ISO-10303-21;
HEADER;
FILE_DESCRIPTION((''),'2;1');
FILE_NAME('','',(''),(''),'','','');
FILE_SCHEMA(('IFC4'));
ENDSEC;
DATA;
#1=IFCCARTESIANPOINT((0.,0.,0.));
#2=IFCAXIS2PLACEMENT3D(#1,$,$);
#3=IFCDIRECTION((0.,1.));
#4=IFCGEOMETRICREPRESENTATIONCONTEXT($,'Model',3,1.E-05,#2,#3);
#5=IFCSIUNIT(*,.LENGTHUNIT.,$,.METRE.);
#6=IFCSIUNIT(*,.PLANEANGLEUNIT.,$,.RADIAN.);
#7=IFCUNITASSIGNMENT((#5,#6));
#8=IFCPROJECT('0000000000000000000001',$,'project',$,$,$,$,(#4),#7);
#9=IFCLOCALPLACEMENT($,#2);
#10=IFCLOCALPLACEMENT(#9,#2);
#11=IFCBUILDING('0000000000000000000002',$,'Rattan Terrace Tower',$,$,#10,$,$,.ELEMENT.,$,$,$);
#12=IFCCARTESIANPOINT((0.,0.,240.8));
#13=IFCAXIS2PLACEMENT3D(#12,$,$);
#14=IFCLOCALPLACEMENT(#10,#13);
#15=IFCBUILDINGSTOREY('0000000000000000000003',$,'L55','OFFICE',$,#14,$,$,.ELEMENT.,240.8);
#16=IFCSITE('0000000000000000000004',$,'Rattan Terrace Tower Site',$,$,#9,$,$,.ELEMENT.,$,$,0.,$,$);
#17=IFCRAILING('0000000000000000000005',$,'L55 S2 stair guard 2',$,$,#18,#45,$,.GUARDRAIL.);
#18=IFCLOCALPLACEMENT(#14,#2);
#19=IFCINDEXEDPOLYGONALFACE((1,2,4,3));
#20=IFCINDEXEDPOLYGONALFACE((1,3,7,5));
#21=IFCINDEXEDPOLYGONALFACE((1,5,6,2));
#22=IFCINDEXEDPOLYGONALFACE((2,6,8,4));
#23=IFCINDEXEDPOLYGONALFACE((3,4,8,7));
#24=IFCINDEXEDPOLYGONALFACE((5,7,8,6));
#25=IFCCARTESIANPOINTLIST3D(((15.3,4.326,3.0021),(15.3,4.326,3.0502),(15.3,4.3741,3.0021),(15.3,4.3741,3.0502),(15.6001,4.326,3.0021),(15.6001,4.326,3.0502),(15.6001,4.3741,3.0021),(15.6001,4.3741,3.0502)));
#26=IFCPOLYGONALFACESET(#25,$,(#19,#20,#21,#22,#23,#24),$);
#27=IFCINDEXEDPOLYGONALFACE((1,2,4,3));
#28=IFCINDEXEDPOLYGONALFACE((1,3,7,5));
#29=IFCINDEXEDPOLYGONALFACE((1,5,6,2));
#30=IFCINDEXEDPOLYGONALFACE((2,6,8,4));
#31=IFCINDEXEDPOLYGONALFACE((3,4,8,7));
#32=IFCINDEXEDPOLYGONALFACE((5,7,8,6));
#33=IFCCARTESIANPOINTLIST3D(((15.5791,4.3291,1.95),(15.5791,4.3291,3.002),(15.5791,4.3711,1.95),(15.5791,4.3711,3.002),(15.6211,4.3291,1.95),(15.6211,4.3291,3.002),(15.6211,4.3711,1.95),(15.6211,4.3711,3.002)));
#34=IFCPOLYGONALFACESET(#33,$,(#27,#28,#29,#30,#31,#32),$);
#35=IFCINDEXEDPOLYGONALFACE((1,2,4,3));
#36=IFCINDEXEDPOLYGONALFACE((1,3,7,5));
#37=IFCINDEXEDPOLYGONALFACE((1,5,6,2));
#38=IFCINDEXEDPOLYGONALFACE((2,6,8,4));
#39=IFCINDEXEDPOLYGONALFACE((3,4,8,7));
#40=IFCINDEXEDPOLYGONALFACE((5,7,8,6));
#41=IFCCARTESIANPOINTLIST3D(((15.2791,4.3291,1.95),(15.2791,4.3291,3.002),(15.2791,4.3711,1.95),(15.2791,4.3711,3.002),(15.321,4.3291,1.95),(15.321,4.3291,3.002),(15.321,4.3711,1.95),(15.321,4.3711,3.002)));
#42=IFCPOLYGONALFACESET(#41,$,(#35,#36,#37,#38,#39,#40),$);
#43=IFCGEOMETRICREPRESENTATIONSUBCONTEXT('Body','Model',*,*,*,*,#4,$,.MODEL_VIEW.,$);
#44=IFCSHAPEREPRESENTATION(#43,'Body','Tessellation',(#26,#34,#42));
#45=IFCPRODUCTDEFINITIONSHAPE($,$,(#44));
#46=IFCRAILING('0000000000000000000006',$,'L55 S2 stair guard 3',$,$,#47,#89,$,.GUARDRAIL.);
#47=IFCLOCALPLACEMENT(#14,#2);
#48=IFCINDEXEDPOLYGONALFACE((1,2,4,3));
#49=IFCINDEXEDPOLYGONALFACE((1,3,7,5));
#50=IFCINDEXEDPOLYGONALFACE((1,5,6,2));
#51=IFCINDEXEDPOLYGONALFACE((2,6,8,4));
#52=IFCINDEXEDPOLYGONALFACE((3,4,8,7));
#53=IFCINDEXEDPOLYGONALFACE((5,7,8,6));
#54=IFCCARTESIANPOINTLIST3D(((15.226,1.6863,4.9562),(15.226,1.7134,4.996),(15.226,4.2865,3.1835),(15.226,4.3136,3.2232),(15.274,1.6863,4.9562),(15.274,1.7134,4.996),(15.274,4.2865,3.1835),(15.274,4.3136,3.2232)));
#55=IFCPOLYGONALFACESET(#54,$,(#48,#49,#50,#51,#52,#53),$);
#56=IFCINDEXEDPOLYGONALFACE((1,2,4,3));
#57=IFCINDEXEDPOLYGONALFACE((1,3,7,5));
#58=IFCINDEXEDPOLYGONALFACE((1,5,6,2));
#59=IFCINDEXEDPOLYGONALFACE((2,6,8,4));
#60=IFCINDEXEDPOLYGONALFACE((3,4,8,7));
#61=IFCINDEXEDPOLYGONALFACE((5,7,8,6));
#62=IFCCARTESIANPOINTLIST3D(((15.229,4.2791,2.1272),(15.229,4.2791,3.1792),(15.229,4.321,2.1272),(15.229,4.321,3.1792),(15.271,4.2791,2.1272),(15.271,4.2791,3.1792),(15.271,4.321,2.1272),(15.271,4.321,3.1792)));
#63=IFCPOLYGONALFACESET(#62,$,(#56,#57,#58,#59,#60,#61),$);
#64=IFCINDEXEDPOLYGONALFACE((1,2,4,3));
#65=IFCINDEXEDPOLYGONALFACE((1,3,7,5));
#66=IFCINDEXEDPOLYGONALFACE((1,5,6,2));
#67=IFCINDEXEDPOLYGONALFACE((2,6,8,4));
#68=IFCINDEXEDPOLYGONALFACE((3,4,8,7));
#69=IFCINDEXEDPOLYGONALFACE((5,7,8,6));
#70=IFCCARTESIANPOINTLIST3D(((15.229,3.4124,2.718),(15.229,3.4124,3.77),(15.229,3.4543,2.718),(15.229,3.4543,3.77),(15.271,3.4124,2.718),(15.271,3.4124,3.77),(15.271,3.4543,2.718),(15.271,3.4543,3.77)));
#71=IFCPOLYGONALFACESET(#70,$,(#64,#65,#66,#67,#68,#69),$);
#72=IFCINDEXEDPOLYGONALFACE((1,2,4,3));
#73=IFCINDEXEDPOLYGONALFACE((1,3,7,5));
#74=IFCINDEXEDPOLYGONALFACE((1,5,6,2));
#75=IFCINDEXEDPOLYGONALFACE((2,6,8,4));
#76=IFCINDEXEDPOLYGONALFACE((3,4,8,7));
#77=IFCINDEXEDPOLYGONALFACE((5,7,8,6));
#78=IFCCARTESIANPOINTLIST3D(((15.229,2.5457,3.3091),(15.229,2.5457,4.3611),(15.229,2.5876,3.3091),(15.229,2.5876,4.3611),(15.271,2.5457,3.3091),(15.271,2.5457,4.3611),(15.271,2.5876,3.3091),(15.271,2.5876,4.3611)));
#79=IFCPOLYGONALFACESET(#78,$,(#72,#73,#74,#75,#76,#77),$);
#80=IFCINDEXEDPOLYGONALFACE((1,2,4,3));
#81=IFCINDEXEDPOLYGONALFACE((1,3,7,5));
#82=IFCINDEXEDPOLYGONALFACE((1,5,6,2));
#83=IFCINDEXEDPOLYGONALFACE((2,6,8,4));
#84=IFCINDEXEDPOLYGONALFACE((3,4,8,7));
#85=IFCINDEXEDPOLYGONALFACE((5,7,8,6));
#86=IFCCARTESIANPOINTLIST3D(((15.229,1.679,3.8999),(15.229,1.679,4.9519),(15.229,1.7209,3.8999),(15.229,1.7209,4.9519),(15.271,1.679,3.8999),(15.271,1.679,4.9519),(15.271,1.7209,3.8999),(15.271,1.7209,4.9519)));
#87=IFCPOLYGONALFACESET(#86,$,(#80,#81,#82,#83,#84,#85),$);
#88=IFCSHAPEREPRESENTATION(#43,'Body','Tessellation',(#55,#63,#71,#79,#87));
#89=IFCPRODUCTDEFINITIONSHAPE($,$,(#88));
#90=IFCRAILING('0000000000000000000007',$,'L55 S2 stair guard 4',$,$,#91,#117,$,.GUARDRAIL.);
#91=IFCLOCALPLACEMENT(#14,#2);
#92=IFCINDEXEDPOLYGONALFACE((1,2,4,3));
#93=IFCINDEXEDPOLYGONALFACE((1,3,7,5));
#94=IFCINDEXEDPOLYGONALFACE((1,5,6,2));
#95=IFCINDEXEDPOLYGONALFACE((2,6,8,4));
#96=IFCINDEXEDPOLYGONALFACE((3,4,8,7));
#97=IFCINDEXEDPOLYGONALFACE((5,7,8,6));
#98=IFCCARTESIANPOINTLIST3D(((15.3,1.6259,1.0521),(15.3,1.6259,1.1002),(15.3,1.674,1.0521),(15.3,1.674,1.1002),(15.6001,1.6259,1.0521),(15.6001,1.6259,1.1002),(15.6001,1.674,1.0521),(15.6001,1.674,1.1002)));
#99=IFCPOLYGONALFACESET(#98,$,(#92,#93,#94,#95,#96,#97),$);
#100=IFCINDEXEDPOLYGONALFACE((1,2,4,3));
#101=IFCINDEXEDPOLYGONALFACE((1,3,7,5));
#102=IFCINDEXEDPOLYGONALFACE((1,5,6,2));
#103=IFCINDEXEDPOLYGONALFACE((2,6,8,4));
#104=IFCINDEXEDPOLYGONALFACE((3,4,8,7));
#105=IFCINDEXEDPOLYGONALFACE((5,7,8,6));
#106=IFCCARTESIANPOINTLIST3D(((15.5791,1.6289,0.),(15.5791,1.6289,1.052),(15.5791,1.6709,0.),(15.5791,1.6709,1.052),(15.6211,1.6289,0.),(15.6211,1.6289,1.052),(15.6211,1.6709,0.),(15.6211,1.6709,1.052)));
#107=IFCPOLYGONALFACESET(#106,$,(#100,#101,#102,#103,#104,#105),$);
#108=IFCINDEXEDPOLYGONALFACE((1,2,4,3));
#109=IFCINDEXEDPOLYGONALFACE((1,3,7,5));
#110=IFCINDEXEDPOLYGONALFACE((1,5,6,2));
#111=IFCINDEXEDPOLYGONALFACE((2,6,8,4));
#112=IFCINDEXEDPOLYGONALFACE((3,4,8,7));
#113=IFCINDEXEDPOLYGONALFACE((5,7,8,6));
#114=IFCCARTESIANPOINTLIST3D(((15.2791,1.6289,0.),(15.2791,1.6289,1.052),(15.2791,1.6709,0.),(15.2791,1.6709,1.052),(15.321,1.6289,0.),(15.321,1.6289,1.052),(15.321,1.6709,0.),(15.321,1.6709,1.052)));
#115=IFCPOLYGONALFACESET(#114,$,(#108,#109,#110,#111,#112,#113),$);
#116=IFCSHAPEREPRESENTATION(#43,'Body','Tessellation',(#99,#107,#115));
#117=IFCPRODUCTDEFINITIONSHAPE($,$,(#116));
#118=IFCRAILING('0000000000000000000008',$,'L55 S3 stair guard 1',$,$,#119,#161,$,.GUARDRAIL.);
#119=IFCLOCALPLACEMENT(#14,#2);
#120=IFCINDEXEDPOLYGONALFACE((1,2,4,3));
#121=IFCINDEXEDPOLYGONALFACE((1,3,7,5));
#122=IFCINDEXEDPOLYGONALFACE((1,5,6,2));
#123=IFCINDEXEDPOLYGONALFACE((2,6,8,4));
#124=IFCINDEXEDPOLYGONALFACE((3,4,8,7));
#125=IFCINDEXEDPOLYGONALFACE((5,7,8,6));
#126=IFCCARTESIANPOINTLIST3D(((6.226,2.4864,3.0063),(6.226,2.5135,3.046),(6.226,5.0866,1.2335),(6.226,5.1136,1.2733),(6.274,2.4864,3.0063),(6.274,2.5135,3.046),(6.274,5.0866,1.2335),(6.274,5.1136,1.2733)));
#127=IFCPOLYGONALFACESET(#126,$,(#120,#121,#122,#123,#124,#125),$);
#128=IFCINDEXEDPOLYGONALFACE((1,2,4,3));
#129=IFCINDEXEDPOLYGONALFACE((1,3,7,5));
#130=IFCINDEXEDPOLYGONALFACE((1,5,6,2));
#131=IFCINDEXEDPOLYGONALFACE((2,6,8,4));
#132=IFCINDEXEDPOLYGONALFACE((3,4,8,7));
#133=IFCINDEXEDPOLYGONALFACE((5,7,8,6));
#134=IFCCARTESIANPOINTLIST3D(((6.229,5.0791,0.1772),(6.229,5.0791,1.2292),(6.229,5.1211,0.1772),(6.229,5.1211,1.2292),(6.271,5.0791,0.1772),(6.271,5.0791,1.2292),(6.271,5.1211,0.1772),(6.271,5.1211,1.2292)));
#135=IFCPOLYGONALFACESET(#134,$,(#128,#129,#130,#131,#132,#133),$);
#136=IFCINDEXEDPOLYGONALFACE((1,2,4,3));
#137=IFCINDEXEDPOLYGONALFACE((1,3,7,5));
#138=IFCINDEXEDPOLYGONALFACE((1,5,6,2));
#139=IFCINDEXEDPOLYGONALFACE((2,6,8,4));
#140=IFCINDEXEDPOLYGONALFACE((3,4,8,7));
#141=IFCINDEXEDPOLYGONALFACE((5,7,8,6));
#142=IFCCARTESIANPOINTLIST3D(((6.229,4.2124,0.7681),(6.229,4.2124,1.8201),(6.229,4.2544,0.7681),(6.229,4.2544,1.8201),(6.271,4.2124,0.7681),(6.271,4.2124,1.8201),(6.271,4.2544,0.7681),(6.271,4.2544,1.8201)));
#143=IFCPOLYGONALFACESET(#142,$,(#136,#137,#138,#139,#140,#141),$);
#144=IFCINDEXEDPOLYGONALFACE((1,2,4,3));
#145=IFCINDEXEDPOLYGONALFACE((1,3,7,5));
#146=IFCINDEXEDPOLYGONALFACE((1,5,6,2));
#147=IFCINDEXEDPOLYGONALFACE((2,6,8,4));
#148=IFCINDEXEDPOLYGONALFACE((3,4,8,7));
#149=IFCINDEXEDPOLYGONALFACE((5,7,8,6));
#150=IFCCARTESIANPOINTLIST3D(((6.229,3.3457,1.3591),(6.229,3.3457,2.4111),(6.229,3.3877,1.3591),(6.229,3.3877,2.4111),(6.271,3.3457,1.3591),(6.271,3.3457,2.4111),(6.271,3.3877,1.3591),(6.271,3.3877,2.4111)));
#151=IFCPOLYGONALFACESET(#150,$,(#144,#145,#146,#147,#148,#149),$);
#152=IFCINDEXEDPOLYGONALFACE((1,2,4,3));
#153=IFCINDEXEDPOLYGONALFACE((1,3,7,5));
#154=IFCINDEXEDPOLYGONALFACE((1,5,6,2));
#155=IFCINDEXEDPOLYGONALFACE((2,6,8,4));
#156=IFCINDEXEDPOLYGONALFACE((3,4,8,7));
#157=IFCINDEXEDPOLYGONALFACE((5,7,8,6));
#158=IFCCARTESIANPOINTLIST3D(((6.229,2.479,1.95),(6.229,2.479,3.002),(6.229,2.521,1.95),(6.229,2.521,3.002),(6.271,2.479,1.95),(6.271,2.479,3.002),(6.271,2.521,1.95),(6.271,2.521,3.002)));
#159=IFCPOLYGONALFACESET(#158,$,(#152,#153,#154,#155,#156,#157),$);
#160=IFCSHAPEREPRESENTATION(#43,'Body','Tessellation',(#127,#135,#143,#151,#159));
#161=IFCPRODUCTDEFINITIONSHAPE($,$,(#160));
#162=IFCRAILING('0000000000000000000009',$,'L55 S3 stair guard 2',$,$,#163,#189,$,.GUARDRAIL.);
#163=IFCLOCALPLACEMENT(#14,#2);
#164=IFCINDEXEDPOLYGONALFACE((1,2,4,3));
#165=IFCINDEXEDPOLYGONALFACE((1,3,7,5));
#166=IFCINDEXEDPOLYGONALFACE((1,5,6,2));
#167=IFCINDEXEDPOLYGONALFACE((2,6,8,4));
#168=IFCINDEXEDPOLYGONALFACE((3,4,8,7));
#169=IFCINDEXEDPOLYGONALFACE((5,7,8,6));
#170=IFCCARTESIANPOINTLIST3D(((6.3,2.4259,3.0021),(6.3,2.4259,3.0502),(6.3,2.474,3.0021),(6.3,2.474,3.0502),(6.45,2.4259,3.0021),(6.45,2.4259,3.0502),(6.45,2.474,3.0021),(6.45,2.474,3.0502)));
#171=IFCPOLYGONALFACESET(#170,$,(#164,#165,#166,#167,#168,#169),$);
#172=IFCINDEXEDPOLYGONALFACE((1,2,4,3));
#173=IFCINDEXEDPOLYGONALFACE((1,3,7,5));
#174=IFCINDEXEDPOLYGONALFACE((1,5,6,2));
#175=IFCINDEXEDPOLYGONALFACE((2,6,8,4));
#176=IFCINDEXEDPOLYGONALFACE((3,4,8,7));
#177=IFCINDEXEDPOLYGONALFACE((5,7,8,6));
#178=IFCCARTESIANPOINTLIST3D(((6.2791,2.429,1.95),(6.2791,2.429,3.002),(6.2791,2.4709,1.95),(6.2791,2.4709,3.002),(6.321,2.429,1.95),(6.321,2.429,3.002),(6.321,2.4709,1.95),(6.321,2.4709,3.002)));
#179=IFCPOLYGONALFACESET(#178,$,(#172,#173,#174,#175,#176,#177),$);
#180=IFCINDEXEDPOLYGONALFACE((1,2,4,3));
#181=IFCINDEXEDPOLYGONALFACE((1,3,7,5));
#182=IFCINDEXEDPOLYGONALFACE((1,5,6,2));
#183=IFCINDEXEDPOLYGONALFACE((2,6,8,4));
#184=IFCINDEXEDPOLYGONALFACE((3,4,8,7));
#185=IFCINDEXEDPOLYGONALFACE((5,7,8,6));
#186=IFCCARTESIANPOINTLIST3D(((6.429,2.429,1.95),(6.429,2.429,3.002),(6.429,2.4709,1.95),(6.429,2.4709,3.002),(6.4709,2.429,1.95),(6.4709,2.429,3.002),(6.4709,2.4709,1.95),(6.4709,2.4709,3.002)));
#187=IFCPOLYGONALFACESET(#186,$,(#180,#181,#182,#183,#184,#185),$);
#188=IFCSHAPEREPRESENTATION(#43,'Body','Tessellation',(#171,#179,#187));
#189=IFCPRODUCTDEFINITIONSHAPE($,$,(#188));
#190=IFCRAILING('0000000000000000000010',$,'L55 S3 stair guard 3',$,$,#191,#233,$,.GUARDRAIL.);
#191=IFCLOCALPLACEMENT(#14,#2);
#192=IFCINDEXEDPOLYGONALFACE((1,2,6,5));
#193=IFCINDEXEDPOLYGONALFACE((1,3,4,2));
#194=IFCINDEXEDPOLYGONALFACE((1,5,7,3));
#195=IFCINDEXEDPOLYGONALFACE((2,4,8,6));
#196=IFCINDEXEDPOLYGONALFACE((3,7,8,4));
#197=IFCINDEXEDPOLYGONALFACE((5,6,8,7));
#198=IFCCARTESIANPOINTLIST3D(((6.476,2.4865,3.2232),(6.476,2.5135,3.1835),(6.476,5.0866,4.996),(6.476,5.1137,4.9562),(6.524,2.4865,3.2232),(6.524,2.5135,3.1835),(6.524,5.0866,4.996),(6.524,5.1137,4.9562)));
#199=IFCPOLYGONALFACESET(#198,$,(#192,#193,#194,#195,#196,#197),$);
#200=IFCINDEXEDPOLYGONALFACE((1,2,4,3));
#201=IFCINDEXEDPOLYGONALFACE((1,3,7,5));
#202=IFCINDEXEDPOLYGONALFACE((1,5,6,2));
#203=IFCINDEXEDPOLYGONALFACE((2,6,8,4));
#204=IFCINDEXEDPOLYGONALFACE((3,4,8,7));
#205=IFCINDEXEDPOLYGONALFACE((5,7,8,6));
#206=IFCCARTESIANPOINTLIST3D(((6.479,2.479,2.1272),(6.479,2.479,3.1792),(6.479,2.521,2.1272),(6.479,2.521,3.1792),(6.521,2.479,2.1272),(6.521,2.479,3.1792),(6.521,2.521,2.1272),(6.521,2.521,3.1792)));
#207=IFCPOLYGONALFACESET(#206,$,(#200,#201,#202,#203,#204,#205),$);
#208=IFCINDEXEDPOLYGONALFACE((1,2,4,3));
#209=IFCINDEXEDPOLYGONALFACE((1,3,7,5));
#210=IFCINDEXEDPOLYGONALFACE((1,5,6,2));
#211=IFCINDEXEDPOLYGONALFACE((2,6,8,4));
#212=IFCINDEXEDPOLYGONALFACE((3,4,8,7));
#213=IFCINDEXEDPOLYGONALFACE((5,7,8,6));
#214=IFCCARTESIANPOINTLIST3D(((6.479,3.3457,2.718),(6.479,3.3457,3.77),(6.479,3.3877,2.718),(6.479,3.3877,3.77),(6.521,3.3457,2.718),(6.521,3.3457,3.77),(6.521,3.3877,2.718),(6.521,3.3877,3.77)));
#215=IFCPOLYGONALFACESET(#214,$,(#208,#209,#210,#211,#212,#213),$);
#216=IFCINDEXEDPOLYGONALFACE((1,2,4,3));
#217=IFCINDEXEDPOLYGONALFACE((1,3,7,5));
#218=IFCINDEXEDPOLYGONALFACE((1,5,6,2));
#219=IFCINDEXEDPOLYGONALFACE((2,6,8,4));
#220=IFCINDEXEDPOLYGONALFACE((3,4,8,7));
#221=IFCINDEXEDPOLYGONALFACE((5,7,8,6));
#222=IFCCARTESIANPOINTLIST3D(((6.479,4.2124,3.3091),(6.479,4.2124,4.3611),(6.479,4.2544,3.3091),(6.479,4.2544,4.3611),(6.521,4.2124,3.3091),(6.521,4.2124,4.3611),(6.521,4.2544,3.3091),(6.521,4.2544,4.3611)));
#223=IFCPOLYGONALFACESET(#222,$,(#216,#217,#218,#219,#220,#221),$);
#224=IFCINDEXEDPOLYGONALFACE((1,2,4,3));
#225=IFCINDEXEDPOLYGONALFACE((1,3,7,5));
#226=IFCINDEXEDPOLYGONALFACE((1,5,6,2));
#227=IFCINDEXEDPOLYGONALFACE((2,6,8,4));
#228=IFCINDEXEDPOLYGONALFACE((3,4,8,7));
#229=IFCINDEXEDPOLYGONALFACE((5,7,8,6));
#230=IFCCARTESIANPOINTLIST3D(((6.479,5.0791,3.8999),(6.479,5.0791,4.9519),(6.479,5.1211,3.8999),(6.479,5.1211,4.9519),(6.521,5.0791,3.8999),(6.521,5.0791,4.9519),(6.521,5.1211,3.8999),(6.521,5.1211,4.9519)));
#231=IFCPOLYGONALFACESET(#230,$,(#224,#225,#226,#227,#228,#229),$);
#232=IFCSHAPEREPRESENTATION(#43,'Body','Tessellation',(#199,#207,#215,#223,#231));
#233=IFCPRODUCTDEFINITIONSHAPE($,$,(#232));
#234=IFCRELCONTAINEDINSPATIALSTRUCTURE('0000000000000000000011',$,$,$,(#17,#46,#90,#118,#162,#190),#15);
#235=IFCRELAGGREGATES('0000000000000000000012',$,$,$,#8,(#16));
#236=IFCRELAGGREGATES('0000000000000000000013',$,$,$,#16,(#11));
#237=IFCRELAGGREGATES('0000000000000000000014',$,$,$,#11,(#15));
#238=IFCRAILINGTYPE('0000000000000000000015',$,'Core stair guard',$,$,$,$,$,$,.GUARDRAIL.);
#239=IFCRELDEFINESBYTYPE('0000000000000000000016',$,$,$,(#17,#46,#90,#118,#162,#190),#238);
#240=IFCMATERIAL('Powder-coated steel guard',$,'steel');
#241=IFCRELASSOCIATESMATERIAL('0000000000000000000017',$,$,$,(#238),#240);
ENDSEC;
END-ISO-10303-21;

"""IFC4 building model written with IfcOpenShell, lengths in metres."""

from ifc_helpers import new_model, si_unit, direction, frame, origin, origin_2d, place, context, subcontext, project, spatial, rectangle, extrude, material, type_object, element, save


model = new_model("IFC4")

# Units and contexts
model_context = context("Model", 3, precision=1e-05, world=origin(), true_north=direction((0.0, 1.0)))
body_context = subcontext(model_context, "Body", "Model", "MODEL_VIEW")
ifc_project = project(units=[si_unit("LENGTHUNIT", "METRE"), si_unit("PLANEANGLEUNIT", "RADIAN")], contexts=[model_context])

# Site, building, storey
site_placement = place(None, origin())
site = spatial("IfcSite", under=ifc_project, at=site_placement, Name="Rattan Terrace Tower Site", CompositionType="ELEMENT", RefElevation=0.0)
building_placement = place(site_placement, origin())
building = spatial("IfcBuilding", under=site, at=building_placement, Name="Rattan Terrace Tower", CompositionType="ELEMENT")
storey_placement = place(building_placement, frame((0.0, 0.0, 240.8)))
storey = spatial("IfcBuildingStorey", under=building, at=storey_placement, Name="L55", Description="OFFICE", CompositionType="ELEMENT", Elevation=240.8)

# Railings
ifc_material_1 = material(Name="Powder-coated steel guard", Category="steel")
railing_type_1 = type_object("IfcRailingType", Name="Core stair guard", PredefinedType="GUARDRAIL", material=ifc_material_1)
railing_1_placement = place(storey_placement, frame((15.6001, 4.3501, 1.95)))
element("IfcRailing", 1, at=railing_1_placement, inside=storey, type_object=railing_type_1, Name="L55 S2 stair guard 2", PredefinedType="GUARDRAIL", context=body_context, shape_type="SweptSolid", body=[
    extrude(rectangle(XDim=0.0481, YDim=0.0481, at=origin_2d()), frame((0.0, 0.0, 1.0762), z_axis=(-1.0, 0.0, 0.0), x_axis=(0.0, -1.0, 0.0)), (0.0, 0.0, 1.0), 0.3),
    extrude(rectangle(XDim=0.042, YDim=0.042, at=origin_2d()), origin(), (0.0, 0.0, 1.0), 1.052),
    extrude(rectangle(XDim=0.042, YDim=0.042, at=origin_2d()), frame((-0.3, 0.0, 0.0)), (0.0, 0.0, 1.0), 1.052),
])
railing_2_placement = place(storey_placement, frame((15.25, 4.3, 2.1272)))
element("IfcRailing", 2, at=railing_2_placement, inside=storey, type_object=railing_type_1, Name="L55 S2 stair guard 3", PredefinedType="GUARDRAIL", context=body_context, shape_type="SweptSolid", body=[
    extrude(rectangle(XDim=0.0481, YDim=0.0481, at=origin_2d()), frame((0.0, 0.0, 1.0762), z_axis=(0.0, -0.82624, 0.563318), x_axis=(1.0, 0.0, 0.0)), (0.0, 0.0, 1.0), 3.147),
    extrude(rectangle(XDim=0.042, YDim=0.042, at=origin_2d()), origin(), (0.0, 0.0, 1.0), 1.052),
    extrude(rectangle(XDim=0.042, YDim=0.042, at=origin_2d()), frame((0.0, -0.8667, 0.5908)), (0.0, 0.0, 1.0), 1.052),
    extrude(rectangle(XDim=0.042, YDim=0.042, at=origin_2d()), frame((0.0, -1.7334, 1.1819)), (0.0, 0.0, 1.0), 1.052),
    extrude(rectangle(XDim=0.042, YDim=0.042, at=origin_2d()), frame((0.0, -2.6001, 1.7727)), (0.0, 0.0, 1.0), 1.052),
])
railing_3_placement = place(storey_placement, frame((15.6001, 1.6499, 0.0)))
element("IfcRailing", 3, at=railing_3_placement, inside=storey, type_object=railing_type_1, Name="L55 S2 stair guard 4", PredefinedType="GUARDRAIL", context=body_context, shape_type="SweptSolid", body=[
    extrude(rectangle(XDim=0.0481, YDim=0.0481, at=origin_2d()), frame((0.0, 0.0, 1.0762), z_axis=(-1.0, 0.0, 0.0), x_axis=(0.0, -1.0, 0.0)), (0.0, 0.0, 1.0), 0.3),
    extrude(rectangle(XDim=0.042, YDim=0.042, at=origin_2d()), origin(), (0.0, 0.0, 1.0), 1.052),
    extrude(rectangle(XDim=0.042, YDim=0.042, at=origin_2d()), frame((-0.3, 0.0, 0.0)), (0.0, 0.0, 1.0), 1.052),
])
railing_4_placement = place(storey_placement, frame((6.25, 5.1001, 0.1772)))
element("IfcRailing", 4, at=railing_4_placement, inside=storey, type_object=railing_type_1, Name="L55 S3 stair guard 1", PredefinedType="GUARDRAIL", context=body_context, shape_type="SweptSolid", body=[
    extrude(rectangle(XDim=0.0481, YDim=0.0481, at=origin_2d()), frame((0.0, 0.0, 1.0762), z_axis=(0.0, -0.82624, 0.563318), x_axis=(1.0, 0.0, 0.0)), (0.0, 0.0, 1.0), 3.147),
    extrude(rectangle(XDim=0.042, YDim=0.042, at=origin_2d()), origin(), (0.0, 0.0, 1.0), 1.052),
    extrude(rectangle(XDim=0.042, YDim=0.042, at=origin_2d()), frame((0.0, -0.8667, 0.5908)), (0.0, 0.0, 1.0), 1.052),
    extrude(rectangle(XDim=0.042, YDim=0.042, at=origin_2d()), frame((0.0, -1.7334, 1.1819)), (0.0, 0.0, 1.0), 1.052),
    extrude(rectangle(XDim=0.042, YDim=0.042, at=origin_2d()), frame((0.0, -2.6001, 1.7727)), (0.0, 0.0, 1.0), 1.052),
])
railing_5_placement = place(storey_placement, frame((6.3, 2.45, 1.95)))
element("IfcRailing", 5, at=railing_5_placement, inside=storey, type_object=railing_type_1, Name="L55 S3 stair guard 2", PredefinedType="GUARDRAIL", context=body_context, shape_type="SweptSolid", body=[
    extrude(rectangle(XDim=0.0481, YDim=0.0481, at=origin_2d()), frame((0.0, 0.0, 1.0762), z_axis=(1.0, 0.0, 0.0), x_axis=(0.0, 1.0, 0.0)), (0.0, 0.0, 1.0), 0.1499),
    extrude(rectangle(XDim=0.042, YDim=0.042, at=origin_2d()), origin(), (0.0, 0.0, 1.0), 1.052),
    extrude(rectangle(XDim=0.042, YDim=0.042, at=origin_2d()), frame((0.1499, 0.0, 0.0)), (0.0, 0.0, 1.0), 1.052),
])
railing_6_placement = place(storey_placement, frame((6.5, 2.5, 2.1272)))
element("IfcRailing", 6, at=railing_6_placement, inside=storey, type_object=railing_type_1, Name="L55 S3 stair guard 3", PredefinedType="GUARDRAIL", context=body_context, shape_type="SweptSolid", body=[
    extrude(rectangle(XDim=0.0481, YDim=0.0481, at=origin_2d()), frame((0.0, 0.0, 1.0762), z_axis=(0.0, 0.82624, 0.563318), x_axis=(-1.0, 0.0, 0.0)), (0.0, 0.0, 1.0), 3.147),
    extrude(rectangle(XDim=0.042, YDim=0.042, at=origin_2d()), origin(), (0.0, 0.0, 1.0), 1.052),
    extrude(rectangle(XDim=0.042, YDim=0.042, at=origin_2d()), frame((0.0, 0.8667, 0.5908)), (0.0, 0.0, 1.0), 1.052),
    extrude(rectangle(XDim=0.042, YDim=0.042, at=origin_2d()), frame((0.0, 1.7334, 1.1819)), (0.0, 0.0, 1.0), 1.052),
    extrude(rectangle(XDim=0.042, YDim=0.042, at=origin_2d()), frame((0.0, 2.6001, 1.7727)), (0.0, 0.0, 1.0), 1.052),
])

save(model, "model.ifc")
